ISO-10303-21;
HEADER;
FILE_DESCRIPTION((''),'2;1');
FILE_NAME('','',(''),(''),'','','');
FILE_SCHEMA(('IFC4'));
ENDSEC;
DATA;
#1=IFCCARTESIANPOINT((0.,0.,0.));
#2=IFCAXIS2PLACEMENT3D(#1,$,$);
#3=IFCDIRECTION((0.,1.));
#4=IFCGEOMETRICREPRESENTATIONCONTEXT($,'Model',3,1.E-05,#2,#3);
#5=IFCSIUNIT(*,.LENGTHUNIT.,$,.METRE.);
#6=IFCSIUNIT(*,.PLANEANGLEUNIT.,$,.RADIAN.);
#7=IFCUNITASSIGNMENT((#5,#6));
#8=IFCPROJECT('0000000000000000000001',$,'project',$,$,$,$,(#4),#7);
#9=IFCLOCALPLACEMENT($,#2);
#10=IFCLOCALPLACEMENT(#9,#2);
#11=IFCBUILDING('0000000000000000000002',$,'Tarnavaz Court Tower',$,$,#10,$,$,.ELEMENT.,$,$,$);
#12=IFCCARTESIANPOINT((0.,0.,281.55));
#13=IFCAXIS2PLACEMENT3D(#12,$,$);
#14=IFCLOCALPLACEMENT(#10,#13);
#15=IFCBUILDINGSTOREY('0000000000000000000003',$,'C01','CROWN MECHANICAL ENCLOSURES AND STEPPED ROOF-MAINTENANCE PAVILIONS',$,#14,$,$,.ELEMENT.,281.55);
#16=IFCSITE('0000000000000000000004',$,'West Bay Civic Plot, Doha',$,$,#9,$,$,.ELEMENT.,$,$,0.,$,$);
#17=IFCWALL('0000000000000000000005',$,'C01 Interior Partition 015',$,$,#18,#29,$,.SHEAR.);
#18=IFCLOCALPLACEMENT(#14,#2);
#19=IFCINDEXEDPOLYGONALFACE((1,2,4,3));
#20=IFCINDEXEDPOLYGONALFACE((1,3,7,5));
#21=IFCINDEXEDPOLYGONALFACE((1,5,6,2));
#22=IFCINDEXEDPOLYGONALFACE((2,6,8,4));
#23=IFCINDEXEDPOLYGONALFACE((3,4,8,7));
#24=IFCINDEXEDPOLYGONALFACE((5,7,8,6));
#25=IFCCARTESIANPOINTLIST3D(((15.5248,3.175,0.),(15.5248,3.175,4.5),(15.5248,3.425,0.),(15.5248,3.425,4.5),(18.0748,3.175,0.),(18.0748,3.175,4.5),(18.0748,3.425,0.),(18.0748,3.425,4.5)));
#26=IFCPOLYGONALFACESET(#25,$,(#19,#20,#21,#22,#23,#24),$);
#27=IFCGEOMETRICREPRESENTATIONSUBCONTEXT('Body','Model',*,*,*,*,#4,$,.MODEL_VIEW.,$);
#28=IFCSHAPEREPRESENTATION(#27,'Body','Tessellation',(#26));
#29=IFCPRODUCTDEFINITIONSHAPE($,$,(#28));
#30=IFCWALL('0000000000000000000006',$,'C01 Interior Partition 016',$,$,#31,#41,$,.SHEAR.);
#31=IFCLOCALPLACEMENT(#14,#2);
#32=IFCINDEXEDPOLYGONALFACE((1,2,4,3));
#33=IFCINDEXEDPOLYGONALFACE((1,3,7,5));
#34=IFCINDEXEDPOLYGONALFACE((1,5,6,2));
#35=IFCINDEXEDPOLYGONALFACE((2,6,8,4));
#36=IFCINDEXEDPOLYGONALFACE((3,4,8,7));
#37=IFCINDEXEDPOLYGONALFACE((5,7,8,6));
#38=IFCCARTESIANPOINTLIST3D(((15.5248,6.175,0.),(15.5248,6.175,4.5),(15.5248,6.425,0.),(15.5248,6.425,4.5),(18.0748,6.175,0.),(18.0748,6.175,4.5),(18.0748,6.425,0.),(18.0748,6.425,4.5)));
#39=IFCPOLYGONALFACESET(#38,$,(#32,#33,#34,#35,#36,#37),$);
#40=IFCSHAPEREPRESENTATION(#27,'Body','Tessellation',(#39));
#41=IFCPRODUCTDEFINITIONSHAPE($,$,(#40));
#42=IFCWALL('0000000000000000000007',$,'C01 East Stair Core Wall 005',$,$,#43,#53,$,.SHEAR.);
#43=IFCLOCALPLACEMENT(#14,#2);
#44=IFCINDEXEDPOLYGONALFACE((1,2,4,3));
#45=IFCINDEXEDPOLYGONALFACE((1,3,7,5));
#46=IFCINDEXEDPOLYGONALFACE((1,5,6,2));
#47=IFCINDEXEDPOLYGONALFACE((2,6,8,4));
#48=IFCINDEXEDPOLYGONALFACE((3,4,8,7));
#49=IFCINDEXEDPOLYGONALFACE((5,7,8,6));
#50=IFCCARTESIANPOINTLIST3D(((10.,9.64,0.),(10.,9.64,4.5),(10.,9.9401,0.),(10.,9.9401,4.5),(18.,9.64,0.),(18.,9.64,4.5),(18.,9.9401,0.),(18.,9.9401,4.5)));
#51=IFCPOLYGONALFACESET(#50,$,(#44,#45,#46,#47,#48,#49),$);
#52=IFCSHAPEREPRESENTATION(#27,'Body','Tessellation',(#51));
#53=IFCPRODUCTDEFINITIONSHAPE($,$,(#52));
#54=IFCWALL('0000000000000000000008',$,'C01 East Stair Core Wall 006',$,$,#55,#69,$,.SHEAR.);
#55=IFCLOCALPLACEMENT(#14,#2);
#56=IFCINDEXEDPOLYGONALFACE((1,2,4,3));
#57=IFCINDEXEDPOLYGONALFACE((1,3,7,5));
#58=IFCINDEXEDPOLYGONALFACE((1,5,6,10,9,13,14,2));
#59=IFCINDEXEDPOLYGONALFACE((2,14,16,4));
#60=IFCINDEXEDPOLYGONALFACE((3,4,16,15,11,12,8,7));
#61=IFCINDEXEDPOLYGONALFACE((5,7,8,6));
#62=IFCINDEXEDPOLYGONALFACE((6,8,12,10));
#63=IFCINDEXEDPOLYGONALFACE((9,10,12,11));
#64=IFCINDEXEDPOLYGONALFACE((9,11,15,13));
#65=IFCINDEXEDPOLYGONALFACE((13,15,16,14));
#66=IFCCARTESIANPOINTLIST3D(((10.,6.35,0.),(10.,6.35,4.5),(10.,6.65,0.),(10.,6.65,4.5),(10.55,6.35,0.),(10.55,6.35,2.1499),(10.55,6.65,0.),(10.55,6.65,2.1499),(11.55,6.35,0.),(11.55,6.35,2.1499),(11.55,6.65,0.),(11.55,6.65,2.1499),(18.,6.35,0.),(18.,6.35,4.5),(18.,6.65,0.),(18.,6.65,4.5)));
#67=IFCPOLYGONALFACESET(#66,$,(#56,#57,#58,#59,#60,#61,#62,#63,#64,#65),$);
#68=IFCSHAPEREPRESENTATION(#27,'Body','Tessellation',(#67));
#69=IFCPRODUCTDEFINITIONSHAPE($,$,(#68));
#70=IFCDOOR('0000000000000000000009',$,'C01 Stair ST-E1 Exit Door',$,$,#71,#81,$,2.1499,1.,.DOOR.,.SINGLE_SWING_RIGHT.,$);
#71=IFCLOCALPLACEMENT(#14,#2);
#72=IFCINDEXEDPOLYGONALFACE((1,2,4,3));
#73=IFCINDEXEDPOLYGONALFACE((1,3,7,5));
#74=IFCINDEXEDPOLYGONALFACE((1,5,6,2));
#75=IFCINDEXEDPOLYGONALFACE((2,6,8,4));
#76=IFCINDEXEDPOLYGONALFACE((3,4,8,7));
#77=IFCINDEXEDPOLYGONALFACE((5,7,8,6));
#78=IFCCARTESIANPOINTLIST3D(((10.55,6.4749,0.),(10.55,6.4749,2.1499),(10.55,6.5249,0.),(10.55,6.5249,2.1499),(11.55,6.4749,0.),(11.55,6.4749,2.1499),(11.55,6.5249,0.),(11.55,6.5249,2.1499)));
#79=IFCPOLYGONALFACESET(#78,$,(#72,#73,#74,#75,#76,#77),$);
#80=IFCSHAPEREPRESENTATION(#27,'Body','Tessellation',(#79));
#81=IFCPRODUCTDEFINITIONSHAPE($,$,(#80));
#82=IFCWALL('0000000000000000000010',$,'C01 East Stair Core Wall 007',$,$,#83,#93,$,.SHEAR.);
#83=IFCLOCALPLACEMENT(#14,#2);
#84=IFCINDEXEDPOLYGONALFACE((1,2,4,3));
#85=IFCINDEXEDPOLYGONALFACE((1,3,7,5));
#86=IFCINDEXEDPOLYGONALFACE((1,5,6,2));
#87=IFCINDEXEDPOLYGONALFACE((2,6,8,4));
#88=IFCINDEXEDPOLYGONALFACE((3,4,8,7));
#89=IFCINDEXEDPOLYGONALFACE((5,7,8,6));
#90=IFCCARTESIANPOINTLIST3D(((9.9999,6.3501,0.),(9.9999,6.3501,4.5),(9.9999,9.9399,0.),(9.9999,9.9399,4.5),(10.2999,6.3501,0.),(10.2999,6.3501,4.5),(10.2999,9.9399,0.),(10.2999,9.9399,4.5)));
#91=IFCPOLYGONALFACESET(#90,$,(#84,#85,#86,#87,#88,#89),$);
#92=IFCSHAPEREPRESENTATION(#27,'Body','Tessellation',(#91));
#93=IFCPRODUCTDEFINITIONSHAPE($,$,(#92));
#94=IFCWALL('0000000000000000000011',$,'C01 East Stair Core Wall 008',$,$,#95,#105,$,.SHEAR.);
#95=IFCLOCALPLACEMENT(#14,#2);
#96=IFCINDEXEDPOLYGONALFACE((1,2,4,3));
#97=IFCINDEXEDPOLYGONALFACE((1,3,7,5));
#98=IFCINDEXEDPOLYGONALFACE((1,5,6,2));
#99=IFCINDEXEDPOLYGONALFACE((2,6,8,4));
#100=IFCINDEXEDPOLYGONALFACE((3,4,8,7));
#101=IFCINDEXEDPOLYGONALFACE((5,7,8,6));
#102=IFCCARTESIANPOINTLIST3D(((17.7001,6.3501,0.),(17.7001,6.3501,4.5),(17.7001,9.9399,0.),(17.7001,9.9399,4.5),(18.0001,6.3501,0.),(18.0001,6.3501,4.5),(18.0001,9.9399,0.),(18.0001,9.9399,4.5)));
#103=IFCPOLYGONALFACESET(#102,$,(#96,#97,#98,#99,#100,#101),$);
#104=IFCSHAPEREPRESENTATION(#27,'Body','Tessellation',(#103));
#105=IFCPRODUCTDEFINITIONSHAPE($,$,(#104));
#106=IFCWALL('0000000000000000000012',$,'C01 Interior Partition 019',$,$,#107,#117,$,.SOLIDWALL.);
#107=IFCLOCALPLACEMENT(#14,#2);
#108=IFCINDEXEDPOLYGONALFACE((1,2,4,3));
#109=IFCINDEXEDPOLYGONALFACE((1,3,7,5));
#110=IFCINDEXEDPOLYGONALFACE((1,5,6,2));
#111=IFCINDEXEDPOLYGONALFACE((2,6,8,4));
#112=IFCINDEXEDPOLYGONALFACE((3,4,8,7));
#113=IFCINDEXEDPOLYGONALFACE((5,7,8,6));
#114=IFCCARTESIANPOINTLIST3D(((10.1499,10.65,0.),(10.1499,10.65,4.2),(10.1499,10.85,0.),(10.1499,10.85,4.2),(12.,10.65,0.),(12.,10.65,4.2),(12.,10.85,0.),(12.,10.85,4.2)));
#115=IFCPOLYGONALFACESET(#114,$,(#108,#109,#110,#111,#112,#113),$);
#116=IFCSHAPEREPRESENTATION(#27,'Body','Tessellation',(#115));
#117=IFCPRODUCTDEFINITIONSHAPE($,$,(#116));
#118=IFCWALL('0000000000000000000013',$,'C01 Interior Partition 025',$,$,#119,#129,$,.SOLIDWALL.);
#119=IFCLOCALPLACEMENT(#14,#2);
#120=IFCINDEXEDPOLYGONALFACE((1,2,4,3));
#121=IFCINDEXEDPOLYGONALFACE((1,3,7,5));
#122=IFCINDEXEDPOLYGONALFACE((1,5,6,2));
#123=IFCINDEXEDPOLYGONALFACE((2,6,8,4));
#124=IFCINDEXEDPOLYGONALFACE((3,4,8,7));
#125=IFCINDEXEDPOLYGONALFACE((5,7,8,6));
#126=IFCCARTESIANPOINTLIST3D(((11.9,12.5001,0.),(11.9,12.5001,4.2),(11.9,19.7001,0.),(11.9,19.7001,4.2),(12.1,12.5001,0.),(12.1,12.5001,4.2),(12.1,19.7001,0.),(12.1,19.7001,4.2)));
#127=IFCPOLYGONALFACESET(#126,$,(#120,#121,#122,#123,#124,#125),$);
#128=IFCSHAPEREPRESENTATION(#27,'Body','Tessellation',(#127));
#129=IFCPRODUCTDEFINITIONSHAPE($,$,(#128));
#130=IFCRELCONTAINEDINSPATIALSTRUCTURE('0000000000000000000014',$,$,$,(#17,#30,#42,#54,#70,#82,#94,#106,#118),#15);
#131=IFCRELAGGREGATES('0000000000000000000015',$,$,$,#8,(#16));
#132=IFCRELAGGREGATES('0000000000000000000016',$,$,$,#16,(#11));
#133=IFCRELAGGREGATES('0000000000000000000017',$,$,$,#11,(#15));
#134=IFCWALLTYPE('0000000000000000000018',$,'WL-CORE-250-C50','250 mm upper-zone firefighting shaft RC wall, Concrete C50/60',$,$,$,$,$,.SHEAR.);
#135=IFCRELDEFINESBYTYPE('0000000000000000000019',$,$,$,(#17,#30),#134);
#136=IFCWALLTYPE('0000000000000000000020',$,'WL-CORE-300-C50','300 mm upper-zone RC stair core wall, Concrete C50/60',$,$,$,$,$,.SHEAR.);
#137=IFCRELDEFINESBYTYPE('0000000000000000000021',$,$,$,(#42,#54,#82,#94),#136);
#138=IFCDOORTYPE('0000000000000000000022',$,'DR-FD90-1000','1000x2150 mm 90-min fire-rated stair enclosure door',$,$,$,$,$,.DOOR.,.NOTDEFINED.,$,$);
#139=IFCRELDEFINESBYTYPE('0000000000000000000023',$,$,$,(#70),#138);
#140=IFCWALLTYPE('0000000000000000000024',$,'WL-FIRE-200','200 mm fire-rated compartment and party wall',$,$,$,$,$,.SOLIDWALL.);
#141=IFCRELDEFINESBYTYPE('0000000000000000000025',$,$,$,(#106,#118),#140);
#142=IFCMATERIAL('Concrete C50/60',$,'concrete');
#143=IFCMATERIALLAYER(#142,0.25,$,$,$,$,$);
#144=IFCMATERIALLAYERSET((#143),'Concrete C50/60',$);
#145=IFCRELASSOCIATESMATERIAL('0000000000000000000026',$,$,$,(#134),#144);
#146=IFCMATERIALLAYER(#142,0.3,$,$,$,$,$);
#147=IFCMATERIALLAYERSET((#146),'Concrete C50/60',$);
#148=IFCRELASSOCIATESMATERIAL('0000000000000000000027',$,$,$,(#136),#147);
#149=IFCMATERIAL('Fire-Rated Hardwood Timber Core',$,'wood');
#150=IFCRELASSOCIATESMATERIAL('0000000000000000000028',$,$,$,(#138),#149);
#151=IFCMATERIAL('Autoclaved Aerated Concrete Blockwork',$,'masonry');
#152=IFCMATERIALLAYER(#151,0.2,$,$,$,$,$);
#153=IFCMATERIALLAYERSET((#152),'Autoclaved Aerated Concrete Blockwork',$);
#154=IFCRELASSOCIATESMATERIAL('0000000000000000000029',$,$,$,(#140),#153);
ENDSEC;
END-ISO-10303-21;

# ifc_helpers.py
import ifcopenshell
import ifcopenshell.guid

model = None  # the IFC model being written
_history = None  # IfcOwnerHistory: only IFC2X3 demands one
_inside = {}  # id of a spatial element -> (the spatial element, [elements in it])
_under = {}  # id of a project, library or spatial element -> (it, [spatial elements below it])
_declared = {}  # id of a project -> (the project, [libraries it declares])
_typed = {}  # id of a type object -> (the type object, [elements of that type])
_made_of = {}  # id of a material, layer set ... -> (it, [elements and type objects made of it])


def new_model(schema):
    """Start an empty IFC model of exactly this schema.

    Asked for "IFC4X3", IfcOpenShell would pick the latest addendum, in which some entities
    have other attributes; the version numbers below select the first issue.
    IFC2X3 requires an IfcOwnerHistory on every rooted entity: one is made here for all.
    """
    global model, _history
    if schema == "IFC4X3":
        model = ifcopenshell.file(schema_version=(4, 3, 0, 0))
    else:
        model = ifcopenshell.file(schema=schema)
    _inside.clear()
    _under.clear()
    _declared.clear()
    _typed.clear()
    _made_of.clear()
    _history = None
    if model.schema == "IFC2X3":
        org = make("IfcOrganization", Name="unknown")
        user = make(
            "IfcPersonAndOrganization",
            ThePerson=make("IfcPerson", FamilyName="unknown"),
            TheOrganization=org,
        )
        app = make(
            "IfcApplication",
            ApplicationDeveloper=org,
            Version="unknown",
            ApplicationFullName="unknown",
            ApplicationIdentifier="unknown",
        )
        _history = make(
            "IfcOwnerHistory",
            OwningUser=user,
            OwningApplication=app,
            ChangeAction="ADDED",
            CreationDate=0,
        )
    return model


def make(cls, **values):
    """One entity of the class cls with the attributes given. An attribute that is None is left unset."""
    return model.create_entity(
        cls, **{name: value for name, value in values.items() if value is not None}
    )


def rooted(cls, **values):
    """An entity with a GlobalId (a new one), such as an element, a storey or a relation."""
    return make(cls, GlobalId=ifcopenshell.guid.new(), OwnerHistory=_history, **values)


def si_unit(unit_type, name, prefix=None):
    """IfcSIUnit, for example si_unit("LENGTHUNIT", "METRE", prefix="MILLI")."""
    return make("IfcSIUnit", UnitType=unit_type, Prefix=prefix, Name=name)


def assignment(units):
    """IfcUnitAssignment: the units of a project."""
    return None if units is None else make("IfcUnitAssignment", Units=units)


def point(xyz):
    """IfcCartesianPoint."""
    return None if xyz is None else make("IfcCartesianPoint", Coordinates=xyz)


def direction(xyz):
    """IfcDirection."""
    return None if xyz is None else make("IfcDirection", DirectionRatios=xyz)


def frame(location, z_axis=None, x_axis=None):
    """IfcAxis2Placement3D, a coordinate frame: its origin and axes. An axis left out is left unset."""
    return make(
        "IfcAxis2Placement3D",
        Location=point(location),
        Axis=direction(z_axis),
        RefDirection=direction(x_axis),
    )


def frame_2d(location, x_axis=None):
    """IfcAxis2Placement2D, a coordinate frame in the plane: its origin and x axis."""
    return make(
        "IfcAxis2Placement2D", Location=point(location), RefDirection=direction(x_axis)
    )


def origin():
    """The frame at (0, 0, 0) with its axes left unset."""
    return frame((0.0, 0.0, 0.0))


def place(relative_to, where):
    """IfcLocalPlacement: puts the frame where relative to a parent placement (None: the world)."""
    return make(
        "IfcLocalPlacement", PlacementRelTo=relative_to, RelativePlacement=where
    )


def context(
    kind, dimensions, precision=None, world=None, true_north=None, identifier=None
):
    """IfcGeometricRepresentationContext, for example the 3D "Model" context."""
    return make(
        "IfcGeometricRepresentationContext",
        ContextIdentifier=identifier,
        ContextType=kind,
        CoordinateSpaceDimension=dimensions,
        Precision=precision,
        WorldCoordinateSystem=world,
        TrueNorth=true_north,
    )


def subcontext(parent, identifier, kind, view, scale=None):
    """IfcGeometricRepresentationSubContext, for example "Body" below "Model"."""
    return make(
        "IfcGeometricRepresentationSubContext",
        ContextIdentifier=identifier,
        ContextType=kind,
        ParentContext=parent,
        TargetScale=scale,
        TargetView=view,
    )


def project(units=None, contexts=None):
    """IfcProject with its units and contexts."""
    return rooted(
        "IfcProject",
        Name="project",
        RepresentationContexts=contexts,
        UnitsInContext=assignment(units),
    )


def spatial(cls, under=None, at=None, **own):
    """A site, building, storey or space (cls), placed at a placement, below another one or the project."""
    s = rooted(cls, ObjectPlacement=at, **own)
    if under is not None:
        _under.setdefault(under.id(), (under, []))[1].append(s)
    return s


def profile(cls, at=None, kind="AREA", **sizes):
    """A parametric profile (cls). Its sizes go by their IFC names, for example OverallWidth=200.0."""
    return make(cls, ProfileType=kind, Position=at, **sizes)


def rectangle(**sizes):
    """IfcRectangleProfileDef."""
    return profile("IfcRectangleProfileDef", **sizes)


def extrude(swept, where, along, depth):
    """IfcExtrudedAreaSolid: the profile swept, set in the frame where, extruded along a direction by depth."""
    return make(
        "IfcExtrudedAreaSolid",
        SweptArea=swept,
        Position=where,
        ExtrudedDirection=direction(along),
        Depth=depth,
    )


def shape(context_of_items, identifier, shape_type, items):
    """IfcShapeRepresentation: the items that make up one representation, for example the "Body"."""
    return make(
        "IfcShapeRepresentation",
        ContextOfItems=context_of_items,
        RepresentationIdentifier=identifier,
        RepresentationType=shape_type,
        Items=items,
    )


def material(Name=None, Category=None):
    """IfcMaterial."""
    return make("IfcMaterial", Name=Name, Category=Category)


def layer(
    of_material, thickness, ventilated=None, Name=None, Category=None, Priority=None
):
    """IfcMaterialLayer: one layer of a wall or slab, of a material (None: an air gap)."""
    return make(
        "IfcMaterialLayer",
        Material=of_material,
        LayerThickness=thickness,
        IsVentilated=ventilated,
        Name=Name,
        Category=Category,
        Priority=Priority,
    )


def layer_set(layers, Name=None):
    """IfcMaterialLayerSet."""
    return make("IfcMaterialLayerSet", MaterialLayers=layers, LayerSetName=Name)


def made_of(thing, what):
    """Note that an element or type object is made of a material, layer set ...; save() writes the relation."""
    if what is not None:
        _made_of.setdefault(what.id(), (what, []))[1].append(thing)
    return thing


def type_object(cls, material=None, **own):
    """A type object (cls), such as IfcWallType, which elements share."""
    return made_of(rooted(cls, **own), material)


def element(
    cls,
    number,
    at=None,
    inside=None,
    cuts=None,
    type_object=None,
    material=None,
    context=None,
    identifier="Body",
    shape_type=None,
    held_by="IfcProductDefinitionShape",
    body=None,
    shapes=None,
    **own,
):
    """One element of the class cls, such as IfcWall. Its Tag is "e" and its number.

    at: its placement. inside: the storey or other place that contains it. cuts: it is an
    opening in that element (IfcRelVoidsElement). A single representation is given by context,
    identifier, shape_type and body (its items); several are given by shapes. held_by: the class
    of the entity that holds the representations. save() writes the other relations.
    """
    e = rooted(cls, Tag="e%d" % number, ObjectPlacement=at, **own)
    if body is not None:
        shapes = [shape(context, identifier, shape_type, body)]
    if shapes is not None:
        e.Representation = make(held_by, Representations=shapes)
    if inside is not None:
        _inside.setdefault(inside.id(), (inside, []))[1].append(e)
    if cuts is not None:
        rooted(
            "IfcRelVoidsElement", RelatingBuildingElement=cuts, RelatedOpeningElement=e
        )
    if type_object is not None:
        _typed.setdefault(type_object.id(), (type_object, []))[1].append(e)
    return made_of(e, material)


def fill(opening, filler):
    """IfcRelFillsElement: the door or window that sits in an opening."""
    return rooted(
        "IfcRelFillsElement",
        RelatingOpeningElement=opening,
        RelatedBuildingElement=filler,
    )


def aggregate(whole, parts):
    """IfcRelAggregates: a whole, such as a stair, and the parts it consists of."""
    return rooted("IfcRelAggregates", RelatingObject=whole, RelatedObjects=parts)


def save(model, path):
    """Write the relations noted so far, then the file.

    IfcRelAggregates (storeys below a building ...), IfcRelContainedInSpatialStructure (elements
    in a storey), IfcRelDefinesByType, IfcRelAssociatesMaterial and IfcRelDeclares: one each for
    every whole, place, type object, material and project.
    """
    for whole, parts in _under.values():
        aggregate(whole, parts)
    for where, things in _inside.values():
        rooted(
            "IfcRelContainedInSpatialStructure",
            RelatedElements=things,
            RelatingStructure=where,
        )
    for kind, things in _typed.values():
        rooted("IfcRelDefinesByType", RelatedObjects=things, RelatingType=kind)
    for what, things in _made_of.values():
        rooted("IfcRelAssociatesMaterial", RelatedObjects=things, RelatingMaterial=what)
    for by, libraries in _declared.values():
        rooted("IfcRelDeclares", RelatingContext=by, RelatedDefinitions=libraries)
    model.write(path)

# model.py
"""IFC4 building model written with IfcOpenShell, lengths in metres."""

from ifc_helpers import new_model, si_unit, direction, frame, frame_2d, origin, place, context, subcontext, project, spatial, rectangle, extrude, material, layer, layer_set, type_object, element, fill, save


model = new_model("IFC4")

# Units and contexts
model_context = context("Model", 3, precision=1e-05, world=origin(), true_north=direction((0.0, 1.0)))
body_context = subcontext(model_context, "Body", "Model", "MODEL_VIEW")
ifc_project = project(units=[si_unit("LENGTHUNIT", "METRE"), si_unit("PLANEANGLEUNIT", "RADIAN")], contexts=[model_context])

# Site, building, storey
site_placement = place(None, origin())
site = spatial("IfcSite", under=ifc_project, at=site_placement, Name="West Bay Civic Plot, Doha", CompositionType="ELEMENT", RefElevation=0.0)
building_placement = place(site_placement, origin())
building = spatial("IfcBuilding", under=site, at=building_placement, Name="Tarnavaz Court Tower", CompositionType="ELEMENT")
storey_placement = place(building_placement, frame((0.0, 0.0, 281.55)))
storey = spatial("IfcBuildingStorey", under=building, at=storey_placement, Name="C01", Description="CROWN MECHANICAL ENCLOSURES AND STEPPED ROOF-MAINTENANCE PAVILIONS", CompositionType="ELEMENT", Elevation=281.55)

# Shared definitions
ifc_material_1 = material(Name="Concrete C50/60", Category="concrete")
ifc_layer_1 = layer(ifc_material_1, 0.25)
ifc_layer_set_1 = layer_set([ifc_layer_1], Name="Concrete C50/60")
wall_type_1 = type_object("IfcWallType", Name="WL-CORE-250-C50", Description="250 mm upper-zone firefighting shaft RC wall, Concrete C50/60", PredefinedType="SHEAR", material=ifc_layer_set_1)

# Walls
for number, where, z_axis, x_axis, name in (
    (1, (15.5249, 3.3, 0.0), (0.0, 0.0, 1.0), (1.0, 0.0, 0.0), "C01 Interior Partition 015"),
    (2, (15.5249, 6.3, 0.0), (0.0, 0.0, 1.0), (1.0, 0.0, 0.0), "C01 Interior Partition 016"),
):
    element("IfcWall", number, at=place(storey_placement, frame(where, z_axis=z_axis, x_axis=x_axis)), inside=storey, type_object=wall_type_1, Name=name, PredefinedType="SHEAR", context=body_context, shape_type="SweptSolid", body=[
        extrude(rectangle(XDim=2.55, YDim=0.25, at=frame_2d((1.2749, 0.0))), origin(), (0.0, 0.0, 1.0), 4.5),
    ])
ifc_layer_2 = layer(ifc_material_1, 0.3)
ifc_layer_set_2 = layer_set([ifc_layer_2], Name="Concrete C50/60")
wall_type_2 = type_object("IfcWallType", Name="WL-CORE-300-C50", Description="300 mm upper-zone RC stair core wall, Concrete C50/60", PredefinedType="SHEAR", material=ifc_layer_set_2)
wall_1_placement = place(storey_placement, frame((10.0, 9.79, 0.0), z_axis=(0.0, 0.0, 1.0), x_axis=(1.0, 0.0, 0.0)))
element("IfcWall", 3, at=wall_1_placement, inside=storey, type_object=wall_type_2, Name="C01 East Stair Core Wall 005", PredefinedType="SHEAR", context=body_context, shape_type="SweptSolid", body=[
    extrude(rectangle(XDim=8.0, YDim=0.3, at=frame_2d((4.0, 0.0))), origin(), (0.0, 0.0, 1.0), 4.5),
])

# Wall, opening, door
wall_2_placement = place(storey_placement, frame((10.0, 6.5, 0.0), z_axis=(0.0, 0.0, 1.0), x_axis=(1.0, 0.0, 0.0)))
wall_2 = element("IfcWall", 4, at=wall_2_placement, inside=storey, type_object=wall_type_2, Name="C01 East Stair Core Wall 006", PredefinedType="SHEAR", context=body_context, shape_type="SweptSolid", body=[
    extrude(rectangle(XDim=8.0, YDim=0.3, at=frame_2d((4.0, 0.0))), origin(), (0.0, 0.0, 1.0), 4.5),
])
opening_1_placement = place(wall_2_placement, frame((0.55, 0.0, 0.0)))
opening_1 = element("IfcOpeningElement", 5, at=opening_1_placement, cuts=wall_2, PredefinedType="OPENING", context=body_context, shape_type="SweptSolid", body=[
    extrude(rectangle(XDim=1.0, YDim=2.1499, at=frame_2d((0.5, 1.075))), frame((0.0, 0.1599, 0.0), z_axis=(0.0, -1.0, 0.0), x_axis=(1.0, 0.0, 0.0)), (0.0, 0.0, 1.0), 0.3201),
])
ifc_material_2 = material(Name="Fire-Rated Hardwood Timber Core", Category="wood")
door_type_1 = type_object("IfcDoorType", Name="DR-FD90-1000", Description="1000x2150 mm 90-min fire-rated stair enclosure door", OperationType="NOTDEFINED", PredefinedType="DOOR", material=ifc_material_2)
door_1_placement = place(opening_1_placement, origin())
door_1 = element("IfcDoor", 6, at=door_1_placement, inside=storey, type_object=door_type_1, Name="C01 Stair ST-E1 Exit Door", OperationType="SINGLE_SWING_RIGHT", OverallHeight=2.1499, OverallWidth=1.0, PredefinedType="DOOR", context=body_context, shape_type="SweptSolid", body=[
    extrude(rectangle(XDim=1.0, YDim=2.1499, at=frame_2d((0.5, 1.075))), frame((0.0, 0.0249, 0.0), z_axis=(0.0, -1.0, 0.0), x_axis=(1.0, 0.0, 0.0)), (0.0, 0.0, 1.0), 0.05),
])
fill(opening_1, door_1)

# Walls
for number, where, z_axis, x_axis, name in (
    (7, (10.1499, 6.3501, 0.0), (0.0, 0.0, 1.0), (0.0, 1.0, 0.0), "C01 East Stair Core Wall 007"),
    (8, (17.8501, 6.3501, 0.0), (0.0, 0.0, 1.0), (0.0, 1.0, 0.0), "C01 East Stair Core Wall 008"),
):
    element("IfcWall", number, at=place(storey_placement, frame(where, z_axis=z_axis, x_axis=x_axis)), inside=storey, type_object=wall_type_2, Name=name, PredefinedType="SHEAR", context=body_context, shape_type="SweptSolid", body=[
        extrude(rectangle(XDim=3.5898, YDim=0.3, at=frame_2d((1.7949, 0.0))), origin(), (0.0, 0.0, 1.0), 4.5),
    ])
ifc_material_3 = material(Name="Autoclaved Aerated Concrete Blockwork", Category="masonry")
ifc_layer_3 = layer(ifc_material_3, 0.2)
ifc_layer_set_3 = layer_set([ifc_layer_3], Name="Autoclaved Aerated Concrete Blockwork")
wall_type_3 = type_object("IfcWallType", Name="WL-FIRE-200", Description="200 mm fire-rated compartment and party wall", PredefinedType="SOLIDWALL", material=ifc_layer_set_3)
wall_3_placement = place(storey_placement, frame((10.1499, 10.75, 0.0), z_axis=(0.0, 0.0, 1.0), x_axis=(1.0, 0.0, 0.0)))
element("IfcWall", 9, at=wall_3_placement, inside=storey, type_object=wall_type_3, Name="C01 Interior Partition 019", PredefinedType="SOLIDWALL", context=body_context, shape_type="SweptSolid", body=[
    extrude(rectangle(XDim=1.8501, YDim=0.2, at=frame_2d((0.925, 0.0))), origin(), (0.0, 0.0, 1.0), 4.2),
])
wall_4_placement = place(storey_placement, frame((12.0, 12.5, 0.0), z_axis=(0.0, 0.0, 1.0), x_axis=(0.0, 1.0, 0.0)))
element("IfcWall", 10, at=wall_4_placement, inside=storey, type_object=wall_type_3, Name="C01 Interior Partition 025", PredefinedType="SOLIDWALL", context=body_context, shape_type="SweptSolid", body=[
    extrude(rectangle(XDim=7.2, YDim=0.2, at=frame_2d((3.6001, 0.0))), origin(), (0.0, 0.0, 1.0), 4.2),
])

save(model, "model.ifc")
